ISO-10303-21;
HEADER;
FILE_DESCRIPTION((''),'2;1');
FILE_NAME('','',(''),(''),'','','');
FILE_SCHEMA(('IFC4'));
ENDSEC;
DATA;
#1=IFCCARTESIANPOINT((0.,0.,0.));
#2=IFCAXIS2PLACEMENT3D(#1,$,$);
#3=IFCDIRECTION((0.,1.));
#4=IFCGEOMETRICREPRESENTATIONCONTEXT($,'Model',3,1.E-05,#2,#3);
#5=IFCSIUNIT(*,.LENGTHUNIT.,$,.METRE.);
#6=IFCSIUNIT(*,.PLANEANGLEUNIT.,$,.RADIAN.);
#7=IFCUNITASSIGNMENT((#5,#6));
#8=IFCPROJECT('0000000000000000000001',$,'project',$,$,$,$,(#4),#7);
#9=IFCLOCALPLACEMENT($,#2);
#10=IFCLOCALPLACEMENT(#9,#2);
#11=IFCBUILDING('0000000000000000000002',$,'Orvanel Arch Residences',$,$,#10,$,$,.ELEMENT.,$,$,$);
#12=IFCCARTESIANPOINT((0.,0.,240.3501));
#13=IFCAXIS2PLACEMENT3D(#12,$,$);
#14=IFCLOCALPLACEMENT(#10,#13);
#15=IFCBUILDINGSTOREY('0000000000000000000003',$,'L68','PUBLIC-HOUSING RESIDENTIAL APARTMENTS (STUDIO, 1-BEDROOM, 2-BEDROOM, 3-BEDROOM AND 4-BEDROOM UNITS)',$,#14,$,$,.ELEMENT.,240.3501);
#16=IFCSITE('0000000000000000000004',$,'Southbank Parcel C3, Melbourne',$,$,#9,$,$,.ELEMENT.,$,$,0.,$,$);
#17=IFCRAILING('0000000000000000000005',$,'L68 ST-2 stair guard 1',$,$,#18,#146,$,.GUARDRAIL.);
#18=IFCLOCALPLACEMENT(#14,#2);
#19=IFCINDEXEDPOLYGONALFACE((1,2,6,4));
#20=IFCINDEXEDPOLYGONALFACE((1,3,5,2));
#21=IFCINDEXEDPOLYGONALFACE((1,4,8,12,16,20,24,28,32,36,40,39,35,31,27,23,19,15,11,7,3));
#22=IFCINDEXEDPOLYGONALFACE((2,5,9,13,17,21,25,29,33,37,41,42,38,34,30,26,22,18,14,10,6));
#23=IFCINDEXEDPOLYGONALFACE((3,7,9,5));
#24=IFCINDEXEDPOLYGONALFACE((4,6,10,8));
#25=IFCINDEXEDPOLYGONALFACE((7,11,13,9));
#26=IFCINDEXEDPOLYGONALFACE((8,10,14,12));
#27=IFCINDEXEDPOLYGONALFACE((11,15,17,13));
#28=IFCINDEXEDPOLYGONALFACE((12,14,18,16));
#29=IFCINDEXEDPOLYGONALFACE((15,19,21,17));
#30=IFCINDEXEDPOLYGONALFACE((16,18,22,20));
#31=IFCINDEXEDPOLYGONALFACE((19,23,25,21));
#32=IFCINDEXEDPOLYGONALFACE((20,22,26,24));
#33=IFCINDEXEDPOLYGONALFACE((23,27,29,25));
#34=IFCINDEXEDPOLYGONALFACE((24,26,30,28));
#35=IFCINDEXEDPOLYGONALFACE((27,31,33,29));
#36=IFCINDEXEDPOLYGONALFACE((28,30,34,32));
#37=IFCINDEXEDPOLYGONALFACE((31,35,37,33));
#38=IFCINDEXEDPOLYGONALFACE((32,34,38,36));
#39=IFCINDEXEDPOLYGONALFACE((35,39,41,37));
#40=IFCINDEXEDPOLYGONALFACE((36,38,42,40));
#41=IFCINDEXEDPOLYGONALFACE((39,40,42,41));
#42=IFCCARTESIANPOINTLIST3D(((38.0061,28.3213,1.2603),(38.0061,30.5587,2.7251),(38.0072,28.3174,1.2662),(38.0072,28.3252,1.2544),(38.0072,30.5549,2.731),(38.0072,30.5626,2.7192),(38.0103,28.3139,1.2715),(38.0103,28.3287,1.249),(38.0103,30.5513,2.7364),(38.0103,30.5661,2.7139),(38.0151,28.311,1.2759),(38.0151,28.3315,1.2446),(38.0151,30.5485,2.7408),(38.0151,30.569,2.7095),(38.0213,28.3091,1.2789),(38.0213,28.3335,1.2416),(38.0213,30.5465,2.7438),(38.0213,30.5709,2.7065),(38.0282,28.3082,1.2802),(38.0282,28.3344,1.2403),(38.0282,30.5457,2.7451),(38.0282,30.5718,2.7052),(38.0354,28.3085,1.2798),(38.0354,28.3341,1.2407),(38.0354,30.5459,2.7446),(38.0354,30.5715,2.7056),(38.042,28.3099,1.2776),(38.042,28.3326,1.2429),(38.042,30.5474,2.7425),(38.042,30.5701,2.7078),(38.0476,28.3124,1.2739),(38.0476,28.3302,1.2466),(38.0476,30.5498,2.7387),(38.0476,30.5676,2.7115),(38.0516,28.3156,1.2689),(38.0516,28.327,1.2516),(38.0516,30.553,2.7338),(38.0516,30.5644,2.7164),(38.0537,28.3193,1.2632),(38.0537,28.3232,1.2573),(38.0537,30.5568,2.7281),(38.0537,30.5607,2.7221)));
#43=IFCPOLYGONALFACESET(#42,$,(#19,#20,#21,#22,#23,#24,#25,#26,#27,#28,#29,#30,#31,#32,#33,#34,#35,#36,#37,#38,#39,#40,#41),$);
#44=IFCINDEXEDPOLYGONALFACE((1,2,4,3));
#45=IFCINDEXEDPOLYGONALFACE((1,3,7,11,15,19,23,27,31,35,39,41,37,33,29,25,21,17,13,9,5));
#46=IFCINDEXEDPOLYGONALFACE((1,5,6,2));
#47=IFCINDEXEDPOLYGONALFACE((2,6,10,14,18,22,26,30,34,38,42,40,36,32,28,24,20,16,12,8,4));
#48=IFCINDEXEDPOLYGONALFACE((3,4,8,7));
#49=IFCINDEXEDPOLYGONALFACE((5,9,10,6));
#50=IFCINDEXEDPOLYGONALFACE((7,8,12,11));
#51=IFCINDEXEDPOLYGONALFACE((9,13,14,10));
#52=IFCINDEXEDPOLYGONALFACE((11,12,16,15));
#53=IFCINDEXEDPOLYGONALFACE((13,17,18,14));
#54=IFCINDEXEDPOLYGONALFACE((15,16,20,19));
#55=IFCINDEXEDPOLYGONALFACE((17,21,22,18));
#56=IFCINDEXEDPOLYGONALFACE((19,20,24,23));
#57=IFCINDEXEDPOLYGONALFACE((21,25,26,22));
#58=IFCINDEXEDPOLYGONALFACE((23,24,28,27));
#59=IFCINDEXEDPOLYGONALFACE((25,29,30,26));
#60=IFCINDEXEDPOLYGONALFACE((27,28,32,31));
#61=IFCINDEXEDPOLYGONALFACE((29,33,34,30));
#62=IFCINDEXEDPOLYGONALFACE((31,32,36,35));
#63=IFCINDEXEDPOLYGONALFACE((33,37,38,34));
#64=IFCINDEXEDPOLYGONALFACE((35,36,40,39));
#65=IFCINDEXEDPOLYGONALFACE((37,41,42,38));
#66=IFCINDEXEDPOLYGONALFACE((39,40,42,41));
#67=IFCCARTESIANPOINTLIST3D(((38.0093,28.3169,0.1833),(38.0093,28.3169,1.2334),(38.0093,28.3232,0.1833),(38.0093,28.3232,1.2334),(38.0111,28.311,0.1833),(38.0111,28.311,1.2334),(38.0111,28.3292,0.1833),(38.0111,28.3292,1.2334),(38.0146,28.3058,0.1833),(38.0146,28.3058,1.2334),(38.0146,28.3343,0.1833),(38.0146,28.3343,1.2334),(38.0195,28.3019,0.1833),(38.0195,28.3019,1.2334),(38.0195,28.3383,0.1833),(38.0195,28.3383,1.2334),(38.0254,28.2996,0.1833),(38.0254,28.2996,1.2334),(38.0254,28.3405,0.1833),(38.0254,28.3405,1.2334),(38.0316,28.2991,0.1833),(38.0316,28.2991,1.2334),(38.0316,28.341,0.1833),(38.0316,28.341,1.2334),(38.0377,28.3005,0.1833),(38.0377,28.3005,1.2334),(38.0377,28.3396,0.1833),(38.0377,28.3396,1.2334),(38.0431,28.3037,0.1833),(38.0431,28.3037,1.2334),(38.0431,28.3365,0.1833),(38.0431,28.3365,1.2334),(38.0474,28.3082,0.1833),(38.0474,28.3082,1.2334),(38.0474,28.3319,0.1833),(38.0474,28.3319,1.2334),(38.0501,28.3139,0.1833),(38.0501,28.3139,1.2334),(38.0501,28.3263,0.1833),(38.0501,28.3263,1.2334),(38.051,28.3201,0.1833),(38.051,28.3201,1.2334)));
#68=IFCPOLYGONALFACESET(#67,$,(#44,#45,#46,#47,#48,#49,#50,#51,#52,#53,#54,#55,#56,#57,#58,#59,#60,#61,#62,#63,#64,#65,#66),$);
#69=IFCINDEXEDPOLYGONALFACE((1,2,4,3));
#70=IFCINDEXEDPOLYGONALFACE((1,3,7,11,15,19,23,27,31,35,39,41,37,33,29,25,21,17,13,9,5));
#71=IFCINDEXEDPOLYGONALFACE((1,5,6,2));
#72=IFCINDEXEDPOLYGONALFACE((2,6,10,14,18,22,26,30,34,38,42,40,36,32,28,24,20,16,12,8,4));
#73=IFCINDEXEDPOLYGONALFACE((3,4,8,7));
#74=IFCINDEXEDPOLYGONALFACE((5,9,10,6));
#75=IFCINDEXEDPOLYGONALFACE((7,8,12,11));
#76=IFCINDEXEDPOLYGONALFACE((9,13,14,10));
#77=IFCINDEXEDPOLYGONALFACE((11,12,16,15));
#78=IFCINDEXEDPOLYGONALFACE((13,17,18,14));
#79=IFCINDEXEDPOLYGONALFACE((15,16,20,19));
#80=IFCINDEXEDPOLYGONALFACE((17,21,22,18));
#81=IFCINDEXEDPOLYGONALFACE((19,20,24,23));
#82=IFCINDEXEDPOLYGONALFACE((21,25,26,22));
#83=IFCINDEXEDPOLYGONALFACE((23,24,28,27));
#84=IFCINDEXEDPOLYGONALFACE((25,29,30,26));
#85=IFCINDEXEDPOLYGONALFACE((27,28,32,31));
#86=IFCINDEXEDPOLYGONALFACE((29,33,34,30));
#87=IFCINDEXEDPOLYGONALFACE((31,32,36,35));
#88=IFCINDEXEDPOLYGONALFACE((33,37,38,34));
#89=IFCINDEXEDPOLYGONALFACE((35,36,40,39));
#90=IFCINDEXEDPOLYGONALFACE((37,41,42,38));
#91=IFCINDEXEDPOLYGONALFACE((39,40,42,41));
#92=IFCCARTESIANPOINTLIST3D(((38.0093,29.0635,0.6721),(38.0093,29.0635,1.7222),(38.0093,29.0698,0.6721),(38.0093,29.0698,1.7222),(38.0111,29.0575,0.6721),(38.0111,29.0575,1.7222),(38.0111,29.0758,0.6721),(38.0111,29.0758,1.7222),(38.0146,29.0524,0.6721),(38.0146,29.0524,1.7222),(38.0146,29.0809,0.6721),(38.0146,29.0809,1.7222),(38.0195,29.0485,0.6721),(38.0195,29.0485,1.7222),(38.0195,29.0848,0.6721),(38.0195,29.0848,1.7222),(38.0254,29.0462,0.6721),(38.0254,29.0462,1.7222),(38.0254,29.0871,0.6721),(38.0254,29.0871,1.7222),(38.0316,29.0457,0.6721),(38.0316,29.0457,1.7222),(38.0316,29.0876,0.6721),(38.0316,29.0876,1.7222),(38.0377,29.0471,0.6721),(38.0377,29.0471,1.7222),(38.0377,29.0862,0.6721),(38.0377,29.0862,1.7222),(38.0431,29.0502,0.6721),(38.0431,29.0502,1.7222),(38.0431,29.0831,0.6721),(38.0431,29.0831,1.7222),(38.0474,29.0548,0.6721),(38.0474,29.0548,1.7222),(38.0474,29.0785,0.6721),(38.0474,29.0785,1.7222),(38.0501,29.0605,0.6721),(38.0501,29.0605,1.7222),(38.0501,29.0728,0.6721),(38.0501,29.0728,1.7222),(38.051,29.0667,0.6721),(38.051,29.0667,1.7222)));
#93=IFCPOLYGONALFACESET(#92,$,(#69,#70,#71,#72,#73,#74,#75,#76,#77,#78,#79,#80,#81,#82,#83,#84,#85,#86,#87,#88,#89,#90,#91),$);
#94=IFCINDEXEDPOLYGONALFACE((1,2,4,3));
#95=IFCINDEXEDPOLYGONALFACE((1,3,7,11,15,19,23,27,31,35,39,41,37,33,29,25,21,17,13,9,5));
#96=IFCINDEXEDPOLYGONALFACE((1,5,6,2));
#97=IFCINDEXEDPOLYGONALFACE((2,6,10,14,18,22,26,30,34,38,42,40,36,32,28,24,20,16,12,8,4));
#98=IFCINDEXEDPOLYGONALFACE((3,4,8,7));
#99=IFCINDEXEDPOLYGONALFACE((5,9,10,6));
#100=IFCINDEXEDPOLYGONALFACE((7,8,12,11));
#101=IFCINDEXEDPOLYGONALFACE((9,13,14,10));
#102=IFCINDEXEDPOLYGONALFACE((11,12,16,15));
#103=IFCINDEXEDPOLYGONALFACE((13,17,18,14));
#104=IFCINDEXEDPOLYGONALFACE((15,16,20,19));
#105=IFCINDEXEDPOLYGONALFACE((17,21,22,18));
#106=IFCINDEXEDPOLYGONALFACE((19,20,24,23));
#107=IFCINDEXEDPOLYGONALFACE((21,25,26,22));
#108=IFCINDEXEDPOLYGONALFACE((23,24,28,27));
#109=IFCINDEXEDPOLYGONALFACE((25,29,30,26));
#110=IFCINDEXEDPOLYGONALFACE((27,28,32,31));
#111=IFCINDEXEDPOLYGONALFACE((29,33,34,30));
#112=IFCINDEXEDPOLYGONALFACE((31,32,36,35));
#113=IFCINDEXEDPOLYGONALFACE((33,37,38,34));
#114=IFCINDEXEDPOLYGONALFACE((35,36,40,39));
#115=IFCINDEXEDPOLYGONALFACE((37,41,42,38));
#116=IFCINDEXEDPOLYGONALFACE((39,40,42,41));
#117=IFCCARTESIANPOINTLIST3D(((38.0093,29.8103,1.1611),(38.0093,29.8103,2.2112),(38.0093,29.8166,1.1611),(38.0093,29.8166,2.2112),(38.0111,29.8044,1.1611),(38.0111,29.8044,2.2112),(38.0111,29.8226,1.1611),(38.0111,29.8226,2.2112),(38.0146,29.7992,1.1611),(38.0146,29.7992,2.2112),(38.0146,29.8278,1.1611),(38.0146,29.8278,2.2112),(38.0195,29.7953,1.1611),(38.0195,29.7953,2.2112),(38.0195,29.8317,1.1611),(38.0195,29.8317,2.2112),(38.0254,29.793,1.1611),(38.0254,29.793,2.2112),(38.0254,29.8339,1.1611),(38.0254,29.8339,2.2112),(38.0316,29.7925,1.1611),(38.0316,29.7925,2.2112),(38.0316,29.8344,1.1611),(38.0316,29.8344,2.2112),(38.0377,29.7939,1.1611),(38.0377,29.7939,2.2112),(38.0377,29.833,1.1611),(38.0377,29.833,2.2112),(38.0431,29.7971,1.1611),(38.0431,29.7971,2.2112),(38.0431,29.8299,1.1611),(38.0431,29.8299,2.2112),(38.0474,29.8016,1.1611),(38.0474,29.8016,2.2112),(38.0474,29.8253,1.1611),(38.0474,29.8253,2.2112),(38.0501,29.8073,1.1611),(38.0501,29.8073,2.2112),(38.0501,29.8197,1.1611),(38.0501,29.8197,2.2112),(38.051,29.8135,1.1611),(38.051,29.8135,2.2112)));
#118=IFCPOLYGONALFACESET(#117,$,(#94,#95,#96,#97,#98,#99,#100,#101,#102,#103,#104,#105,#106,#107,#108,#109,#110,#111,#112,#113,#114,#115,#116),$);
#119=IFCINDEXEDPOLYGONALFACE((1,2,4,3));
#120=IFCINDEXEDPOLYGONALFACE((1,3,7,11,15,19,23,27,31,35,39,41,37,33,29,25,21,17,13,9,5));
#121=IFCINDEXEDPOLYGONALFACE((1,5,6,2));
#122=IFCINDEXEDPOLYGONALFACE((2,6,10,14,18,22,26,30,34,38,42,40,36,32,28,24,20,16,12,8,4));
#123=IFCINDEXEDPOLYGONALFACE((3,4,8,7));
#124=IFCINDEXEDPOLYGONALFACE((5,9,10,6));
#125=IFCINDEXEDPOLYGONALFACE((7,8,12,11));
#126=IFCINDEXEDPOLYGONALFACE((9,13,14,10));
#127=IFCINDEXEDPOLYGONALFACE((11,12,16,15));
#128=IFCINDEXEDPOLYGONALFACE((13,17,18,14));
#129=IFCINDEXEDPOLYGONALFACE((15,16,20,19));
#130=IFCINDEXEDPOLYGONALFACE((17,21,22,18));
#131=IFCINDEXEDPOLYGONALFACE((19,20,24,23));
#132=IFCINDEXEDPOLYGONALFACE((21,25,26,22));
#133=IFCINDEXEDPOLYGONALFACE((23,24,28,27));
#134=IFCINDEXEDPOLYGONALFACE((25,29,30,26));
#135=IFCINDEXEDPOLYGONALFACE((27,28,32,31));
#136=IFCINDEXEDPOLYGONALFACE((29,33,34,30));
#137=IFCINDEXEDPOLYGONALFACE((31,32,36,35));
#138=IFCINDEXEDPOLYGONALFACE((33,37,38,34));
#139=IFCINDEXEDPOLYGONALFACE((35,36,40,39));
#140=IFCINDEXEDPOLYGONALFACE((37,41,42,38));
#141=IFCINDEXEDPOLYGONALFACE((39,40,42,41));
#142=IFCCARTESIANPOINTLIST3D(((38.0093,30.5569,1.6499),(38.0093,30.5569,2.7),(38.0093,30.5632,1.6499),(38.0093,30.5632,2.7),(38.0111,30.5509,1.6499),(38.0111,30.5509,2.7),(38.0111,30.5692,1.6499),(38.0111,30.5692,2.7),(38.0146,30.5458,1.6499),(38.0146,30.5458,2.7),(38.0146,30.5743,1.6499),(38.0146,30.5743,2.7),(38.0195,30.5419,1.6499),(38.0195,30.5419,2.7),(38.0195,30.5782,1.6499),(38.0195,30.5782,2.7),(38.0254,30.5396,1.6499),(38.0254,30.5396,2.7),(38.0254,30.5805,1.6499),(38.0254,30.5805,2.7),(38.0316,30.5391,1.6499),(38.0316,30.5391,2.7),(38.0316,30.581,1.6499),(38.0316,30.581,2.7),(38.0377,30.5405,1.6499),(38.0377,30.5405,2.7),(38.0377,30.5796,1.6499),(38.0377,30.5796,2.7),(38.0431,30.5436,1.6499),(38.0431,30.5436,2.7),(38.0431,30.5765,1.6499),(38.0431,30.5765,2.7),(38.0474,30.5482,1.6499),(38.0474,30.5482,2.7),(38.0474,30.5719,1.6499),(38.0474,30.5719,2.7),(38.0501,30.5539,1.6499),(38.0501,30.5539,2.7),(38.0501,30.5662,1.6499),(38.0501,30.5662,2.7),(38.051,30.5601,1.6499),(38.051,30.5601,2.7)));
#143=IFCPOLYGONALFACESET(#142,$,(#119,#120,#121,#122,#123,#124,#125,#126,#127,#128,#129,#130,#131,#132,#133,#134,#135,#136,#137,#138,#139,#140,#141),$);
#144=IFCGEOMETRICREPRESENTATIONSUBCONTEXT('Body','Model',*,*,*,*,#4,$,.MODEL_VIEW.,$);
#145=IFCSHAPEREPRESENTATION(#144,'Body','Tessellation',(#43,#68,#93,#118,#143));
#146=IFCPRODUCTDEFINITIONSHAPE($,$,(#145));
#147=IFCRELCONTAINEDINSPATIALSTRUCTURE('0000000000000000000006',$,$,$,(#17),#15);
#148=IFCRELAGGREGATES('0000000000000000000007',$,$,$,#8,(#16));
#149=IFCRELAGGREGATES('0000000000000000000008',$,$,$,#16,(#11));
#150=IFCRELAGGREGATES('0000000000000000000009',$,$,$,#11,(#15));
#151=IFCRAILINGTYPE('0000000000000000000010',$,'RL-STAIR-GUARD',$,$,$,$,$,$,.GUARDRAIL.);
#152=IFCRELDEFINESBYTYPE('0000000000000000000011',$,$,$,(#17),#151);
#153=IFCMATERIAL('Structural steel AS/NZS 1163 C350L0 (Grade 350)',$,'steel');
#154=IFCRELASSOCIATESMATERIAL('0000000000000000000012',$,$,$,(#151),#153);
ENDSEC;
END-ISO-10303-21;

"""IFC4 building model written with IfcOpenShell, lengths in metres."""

from ifc_helpers import new_model, si_unit, direction, frame, origin, origin_2d, place, context, subcontext, project, spatial, circle, extrude, material, type_object, element, save


model = new_model("IFC4")

# Units and contexts
model_context = context("Model", 3, precision=1e-05, world=origin(), true_north=direction((0.0, 1.0)))
body_context = subcontext(model_context, "Body", "Model", "MODEL_VIEW")
ifc_project = project(units=[si_unit("LENGTHUNIT", "METRE"), si_unit("PLANEANGLEUNIT", "RADIAN")], contexts=[model_context])

# Site, building, storey
site_placement = place(None, origin())
site = spatial("IfcSite", under=ifc_project, at=site_placement, Name="Southbank Parcel C3, Melbourne", CompositionType="ELEMENT", RefElevation=0.0)
building_placement = place(site_placement, origin())
building = spatial("IfcBuilding", under=site, at=building_placement, Name="Orvanel Arch Residences", CompositionType="ELEMENT")
storey_placement = place(building_placement, frame((0.0, 0.0, 240.3501)))
storey = spatial("IfcBuildingStorey", under=building, at=storey_placement, Name="L68", Description="PUBLIC-HOUSING RESIDENTIAL APARTMENTS (STUDIO, 1-BEDROOM, 2-BEDROOM, 3-BEDROOM AND 4-BEDROOM UNITS)", CompositionType="ELEMENT", Elevation=240.3501)

# Railing
ifc_material_1 = material(Name="Structural steel AS/NZS 1163 C350L0 (Grade 350)", Category="steel")
railing_type_1 = type_object("IfcRailingType", Name="RL-STAIR-GUARD", PredefinedType="GUARDRAIL", material=ifc_material_1)
railing_1_placement = place(storey_placement, frame((38.03, 28.3201, 0.1833)))
element("IfcRailing", 1, at=railing_1_placement, inside=storey, type_object=railing_type_1, Name="L68 ST-2 stair guard 1", PredefinedType="GUARDRAIL", context=body_context, shape_type="SweptSolid", body=[
    extrude(circle(Radius=0.0239, at=origin_2d()), frame((0.0, 0.0012, 1.0769), z_axis=(0.0, 0.836637, 0.547758), x_axis=(-1.0, 0.0, 0.0)), (0.0, 0.0, 1.0), 2.6743),
    extrude(circle(Radius=0.021, at=origin_2d()), origin(), (0.0, 0.0, 1.0), 1.05),
    extrude(circle(Radius=0.021, at=origin_2d()), frame((0.0, 0.7466, 0.4888)), (0.0, 0.0, 1.0), 1.05),
    extrude(circle(Radius=0.021, at=origin_2d()), frame((0.0, 1.4934, 0.9778)), (0.0, 0.0, 1.0), 1.05),
    extrude(circle(Radius=0.021, at=origin_2d()), frame((0.0, 2.24, 1.4666)), (0.0, 0.0, 1.0), 1.05),
])

save(model, "model.ifc")
